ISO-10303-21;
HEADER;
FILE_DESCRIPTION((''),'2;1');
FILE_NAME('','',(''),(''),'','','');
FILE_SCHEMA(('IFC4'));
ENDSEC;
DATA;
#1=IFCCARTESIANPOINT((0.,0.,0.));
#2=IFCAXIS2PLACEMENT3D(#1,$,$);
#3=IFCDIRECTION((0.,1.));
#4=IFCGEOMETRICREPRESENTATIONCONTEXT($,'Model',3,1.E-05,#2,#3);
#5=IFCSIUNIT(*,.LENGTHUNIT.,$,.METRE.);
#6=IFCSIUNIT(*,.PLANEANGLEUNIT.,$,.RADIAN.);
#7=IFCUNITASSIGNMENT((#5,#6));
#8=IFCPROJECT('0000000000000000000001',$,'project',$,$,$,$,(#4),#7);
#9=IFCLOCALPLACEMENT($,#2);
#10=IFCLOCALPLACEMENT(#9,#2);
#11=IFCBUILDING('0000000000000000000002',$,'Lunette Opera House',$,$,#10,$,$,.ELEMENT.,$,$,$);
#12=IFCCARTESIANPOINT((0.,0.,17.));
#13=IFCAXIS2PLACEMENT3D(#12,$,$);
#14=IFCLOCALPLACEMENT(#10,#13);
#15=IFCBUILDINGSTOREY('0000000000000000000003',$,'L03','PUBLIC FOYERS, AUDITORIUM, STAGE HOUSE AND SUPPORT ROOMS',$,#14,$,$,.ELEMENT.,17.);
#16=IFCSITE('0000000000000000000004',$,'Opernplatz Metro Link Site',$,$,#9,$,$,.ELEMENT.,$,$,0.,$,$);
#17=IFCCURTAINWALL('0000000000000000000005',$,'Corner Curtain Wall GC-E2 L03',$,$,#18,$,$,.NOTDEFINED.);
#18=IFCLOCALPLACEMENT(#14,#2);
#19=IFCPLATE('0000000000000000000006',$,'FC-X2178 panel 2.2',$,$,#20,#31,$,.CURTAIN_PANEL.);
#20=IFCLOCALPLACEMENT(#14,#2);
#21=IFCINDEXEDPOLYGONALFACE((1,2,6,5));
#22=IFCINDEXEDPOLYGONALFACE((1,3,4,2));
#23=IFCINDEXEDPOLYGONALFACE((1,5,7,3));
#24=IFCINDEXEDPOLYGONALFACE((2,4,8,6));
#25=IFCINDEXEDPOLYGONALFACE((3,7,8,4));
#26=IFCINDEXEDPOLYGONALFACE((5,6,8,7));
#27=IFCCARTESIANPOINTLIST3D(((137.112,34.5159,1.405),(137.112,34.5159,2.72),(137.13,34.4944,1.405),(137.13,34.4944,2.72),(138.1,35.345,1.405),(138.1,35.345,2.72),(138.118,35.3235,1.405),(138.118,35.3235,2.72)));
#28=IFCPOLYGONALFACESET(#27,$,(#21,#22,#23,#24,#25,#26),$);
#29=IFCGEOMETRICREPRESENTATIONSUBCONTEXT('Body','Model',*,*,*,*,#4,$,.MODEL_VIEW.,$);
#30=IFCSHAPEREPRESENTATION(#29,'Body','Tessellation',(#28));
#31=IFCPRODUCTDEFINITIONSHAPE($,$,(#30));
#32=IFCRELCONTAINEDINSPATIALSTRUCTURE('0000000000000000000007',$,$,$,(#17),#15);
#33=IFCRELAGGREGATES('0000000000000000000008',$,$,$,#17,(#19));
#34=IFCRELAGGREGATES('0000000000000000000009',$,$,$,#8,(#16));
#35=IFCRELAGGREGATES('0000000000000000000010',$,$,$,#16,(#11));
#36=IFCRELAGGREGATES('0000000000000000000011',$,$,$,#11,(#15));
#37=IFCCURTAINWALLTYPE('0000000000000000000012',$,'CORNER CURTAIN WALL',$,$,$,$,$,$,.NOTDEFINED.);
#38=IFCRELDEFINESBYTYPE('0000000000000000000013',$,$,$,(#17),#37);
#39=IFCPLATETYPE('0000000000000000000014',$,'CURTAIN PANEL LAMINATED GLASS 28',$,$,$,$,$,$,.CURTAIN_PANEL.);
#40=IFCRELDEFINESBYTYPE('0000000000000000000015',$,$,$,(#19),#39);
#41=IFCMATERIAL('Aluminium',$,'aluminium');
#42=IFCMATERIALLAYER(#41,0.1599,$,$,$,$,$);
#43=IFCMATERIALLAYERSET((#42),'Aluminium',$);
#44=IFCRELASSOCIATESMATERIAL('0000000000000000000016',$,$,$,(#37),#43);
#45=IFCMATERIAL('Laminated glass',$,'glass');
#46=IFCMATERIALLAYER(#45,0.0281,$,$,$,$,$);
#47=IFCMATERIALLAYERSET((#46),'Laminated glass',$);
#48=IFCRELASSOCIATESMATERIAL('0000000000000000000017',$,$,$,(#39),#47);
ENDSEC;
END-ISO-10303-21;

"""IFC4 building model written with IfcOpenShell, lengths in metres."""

from ifc_helpers import new_model, si_unit, direction, frame, origin, origin_2d, place, context, subcontext, project, spatial, rectangle, extrude, material, layer, layer_set, type_object, element, aggregate, save


model = new_model("IFC4")

# Units and contexts
model_context = context("Model", 3, precision=1e-05, world=origin(), true_north=direction((0.0, 1.0)))
body_context = subcontext(model_context, "Body", "Model", "MODEL_VIEW")
ifc_project = project(units=[si_unit("LENGTHUNIT", "METRE"), si_unit("PLANEANGLEUNIT", "RADIAN")], contexts=[model_context])

# Site, building, storey
site_placement = place(None, origin())
site = spatial("IfcSite", under=ifc_project, at=site_placement, Name="Opernplatz Metro Link Site", CompositionType="ELEMENT", RefElevation=0.0)
building_placement = place(site_placement, origin())
building = spatial("IfcBuilding", under=site, at=building_placement, Name="Lunette Opera House", CompositionType="ELEMENT")
storey_placement = place(building_placement, frame((0.0, 0.0, 17.0)))
storey = spatial("IfcBuildingStorey", under=building, at=storey_placement, Name="L03", Description="PUBLIC FOYERS, AUDITORIUM, STAGE HOUSE AND SUPPORT ROOMS", CompositionType="ELEMENT", Elevation=17.0)

# Curtain wall
ifc_material_1 = material(Name="Aluminium", Category="aluminium")
ifc_layer_1 = layer(ifc_material_1, 0.1599)
ifc_layer_set_1 = layer_set([ifc_layer_1], Name="Aluminium")
curtain_wall_type = type_object("IfcCurtainWallType", Name="CORNER CURTAIN WALL", PredefinedType="NOTDEFINED", material=ifc_layer_set_1)
curtain_wall_1_placement = place(storey_placement, origin())
curtain_wall_1 = element("IfcCurtainWall", 1, at=curtain_wall_1_placement, inside=storey, type_object=curtain_wall_type, Name="Corner Curtain Wall GC-E2 L03", PredefinedType="NOTDEFINED")

# Plate
ifc_material_2 = material(Name="Laminated glass", Category="glass")
ifc_layer_2 = layer(ifc_material_2, 0.0281)
ifc_layer_set_2 = layer_set([ifc_layer_2], Name="Laminated glass")
plate_type = type_object("IfcPlateType", Name="CURTAIN PANEL LAMINATED GLASS 28", PredefinedType="CURTAIN_PANEL", material=ifc_layer_set_2)
plate_1_placement = place(storey_placement, frame((137.615, 34.9197, 1.405), z_axis=(0.0, 0.0, 1.0), x_axis=(0.766, 0.64284, 0.0)))
plate_1 = element("IfcPlate", 2, at=plate_1_placement, type_object=plate_type, Name="FC-X2178 panel 2.2", PredefinedType="CURTAIN_PANEL", context=body_context, shape_type="SweptSolid", body=[
    extrude(rectangle(XDim=1.2898, YDim=0.0281, at=origin_2d()), origin(), (0.0, 0.0, 1.0), 1.3149),
])
aggregate(curtain_wall_1, [plate_1])

save(model, "model.ifc")
